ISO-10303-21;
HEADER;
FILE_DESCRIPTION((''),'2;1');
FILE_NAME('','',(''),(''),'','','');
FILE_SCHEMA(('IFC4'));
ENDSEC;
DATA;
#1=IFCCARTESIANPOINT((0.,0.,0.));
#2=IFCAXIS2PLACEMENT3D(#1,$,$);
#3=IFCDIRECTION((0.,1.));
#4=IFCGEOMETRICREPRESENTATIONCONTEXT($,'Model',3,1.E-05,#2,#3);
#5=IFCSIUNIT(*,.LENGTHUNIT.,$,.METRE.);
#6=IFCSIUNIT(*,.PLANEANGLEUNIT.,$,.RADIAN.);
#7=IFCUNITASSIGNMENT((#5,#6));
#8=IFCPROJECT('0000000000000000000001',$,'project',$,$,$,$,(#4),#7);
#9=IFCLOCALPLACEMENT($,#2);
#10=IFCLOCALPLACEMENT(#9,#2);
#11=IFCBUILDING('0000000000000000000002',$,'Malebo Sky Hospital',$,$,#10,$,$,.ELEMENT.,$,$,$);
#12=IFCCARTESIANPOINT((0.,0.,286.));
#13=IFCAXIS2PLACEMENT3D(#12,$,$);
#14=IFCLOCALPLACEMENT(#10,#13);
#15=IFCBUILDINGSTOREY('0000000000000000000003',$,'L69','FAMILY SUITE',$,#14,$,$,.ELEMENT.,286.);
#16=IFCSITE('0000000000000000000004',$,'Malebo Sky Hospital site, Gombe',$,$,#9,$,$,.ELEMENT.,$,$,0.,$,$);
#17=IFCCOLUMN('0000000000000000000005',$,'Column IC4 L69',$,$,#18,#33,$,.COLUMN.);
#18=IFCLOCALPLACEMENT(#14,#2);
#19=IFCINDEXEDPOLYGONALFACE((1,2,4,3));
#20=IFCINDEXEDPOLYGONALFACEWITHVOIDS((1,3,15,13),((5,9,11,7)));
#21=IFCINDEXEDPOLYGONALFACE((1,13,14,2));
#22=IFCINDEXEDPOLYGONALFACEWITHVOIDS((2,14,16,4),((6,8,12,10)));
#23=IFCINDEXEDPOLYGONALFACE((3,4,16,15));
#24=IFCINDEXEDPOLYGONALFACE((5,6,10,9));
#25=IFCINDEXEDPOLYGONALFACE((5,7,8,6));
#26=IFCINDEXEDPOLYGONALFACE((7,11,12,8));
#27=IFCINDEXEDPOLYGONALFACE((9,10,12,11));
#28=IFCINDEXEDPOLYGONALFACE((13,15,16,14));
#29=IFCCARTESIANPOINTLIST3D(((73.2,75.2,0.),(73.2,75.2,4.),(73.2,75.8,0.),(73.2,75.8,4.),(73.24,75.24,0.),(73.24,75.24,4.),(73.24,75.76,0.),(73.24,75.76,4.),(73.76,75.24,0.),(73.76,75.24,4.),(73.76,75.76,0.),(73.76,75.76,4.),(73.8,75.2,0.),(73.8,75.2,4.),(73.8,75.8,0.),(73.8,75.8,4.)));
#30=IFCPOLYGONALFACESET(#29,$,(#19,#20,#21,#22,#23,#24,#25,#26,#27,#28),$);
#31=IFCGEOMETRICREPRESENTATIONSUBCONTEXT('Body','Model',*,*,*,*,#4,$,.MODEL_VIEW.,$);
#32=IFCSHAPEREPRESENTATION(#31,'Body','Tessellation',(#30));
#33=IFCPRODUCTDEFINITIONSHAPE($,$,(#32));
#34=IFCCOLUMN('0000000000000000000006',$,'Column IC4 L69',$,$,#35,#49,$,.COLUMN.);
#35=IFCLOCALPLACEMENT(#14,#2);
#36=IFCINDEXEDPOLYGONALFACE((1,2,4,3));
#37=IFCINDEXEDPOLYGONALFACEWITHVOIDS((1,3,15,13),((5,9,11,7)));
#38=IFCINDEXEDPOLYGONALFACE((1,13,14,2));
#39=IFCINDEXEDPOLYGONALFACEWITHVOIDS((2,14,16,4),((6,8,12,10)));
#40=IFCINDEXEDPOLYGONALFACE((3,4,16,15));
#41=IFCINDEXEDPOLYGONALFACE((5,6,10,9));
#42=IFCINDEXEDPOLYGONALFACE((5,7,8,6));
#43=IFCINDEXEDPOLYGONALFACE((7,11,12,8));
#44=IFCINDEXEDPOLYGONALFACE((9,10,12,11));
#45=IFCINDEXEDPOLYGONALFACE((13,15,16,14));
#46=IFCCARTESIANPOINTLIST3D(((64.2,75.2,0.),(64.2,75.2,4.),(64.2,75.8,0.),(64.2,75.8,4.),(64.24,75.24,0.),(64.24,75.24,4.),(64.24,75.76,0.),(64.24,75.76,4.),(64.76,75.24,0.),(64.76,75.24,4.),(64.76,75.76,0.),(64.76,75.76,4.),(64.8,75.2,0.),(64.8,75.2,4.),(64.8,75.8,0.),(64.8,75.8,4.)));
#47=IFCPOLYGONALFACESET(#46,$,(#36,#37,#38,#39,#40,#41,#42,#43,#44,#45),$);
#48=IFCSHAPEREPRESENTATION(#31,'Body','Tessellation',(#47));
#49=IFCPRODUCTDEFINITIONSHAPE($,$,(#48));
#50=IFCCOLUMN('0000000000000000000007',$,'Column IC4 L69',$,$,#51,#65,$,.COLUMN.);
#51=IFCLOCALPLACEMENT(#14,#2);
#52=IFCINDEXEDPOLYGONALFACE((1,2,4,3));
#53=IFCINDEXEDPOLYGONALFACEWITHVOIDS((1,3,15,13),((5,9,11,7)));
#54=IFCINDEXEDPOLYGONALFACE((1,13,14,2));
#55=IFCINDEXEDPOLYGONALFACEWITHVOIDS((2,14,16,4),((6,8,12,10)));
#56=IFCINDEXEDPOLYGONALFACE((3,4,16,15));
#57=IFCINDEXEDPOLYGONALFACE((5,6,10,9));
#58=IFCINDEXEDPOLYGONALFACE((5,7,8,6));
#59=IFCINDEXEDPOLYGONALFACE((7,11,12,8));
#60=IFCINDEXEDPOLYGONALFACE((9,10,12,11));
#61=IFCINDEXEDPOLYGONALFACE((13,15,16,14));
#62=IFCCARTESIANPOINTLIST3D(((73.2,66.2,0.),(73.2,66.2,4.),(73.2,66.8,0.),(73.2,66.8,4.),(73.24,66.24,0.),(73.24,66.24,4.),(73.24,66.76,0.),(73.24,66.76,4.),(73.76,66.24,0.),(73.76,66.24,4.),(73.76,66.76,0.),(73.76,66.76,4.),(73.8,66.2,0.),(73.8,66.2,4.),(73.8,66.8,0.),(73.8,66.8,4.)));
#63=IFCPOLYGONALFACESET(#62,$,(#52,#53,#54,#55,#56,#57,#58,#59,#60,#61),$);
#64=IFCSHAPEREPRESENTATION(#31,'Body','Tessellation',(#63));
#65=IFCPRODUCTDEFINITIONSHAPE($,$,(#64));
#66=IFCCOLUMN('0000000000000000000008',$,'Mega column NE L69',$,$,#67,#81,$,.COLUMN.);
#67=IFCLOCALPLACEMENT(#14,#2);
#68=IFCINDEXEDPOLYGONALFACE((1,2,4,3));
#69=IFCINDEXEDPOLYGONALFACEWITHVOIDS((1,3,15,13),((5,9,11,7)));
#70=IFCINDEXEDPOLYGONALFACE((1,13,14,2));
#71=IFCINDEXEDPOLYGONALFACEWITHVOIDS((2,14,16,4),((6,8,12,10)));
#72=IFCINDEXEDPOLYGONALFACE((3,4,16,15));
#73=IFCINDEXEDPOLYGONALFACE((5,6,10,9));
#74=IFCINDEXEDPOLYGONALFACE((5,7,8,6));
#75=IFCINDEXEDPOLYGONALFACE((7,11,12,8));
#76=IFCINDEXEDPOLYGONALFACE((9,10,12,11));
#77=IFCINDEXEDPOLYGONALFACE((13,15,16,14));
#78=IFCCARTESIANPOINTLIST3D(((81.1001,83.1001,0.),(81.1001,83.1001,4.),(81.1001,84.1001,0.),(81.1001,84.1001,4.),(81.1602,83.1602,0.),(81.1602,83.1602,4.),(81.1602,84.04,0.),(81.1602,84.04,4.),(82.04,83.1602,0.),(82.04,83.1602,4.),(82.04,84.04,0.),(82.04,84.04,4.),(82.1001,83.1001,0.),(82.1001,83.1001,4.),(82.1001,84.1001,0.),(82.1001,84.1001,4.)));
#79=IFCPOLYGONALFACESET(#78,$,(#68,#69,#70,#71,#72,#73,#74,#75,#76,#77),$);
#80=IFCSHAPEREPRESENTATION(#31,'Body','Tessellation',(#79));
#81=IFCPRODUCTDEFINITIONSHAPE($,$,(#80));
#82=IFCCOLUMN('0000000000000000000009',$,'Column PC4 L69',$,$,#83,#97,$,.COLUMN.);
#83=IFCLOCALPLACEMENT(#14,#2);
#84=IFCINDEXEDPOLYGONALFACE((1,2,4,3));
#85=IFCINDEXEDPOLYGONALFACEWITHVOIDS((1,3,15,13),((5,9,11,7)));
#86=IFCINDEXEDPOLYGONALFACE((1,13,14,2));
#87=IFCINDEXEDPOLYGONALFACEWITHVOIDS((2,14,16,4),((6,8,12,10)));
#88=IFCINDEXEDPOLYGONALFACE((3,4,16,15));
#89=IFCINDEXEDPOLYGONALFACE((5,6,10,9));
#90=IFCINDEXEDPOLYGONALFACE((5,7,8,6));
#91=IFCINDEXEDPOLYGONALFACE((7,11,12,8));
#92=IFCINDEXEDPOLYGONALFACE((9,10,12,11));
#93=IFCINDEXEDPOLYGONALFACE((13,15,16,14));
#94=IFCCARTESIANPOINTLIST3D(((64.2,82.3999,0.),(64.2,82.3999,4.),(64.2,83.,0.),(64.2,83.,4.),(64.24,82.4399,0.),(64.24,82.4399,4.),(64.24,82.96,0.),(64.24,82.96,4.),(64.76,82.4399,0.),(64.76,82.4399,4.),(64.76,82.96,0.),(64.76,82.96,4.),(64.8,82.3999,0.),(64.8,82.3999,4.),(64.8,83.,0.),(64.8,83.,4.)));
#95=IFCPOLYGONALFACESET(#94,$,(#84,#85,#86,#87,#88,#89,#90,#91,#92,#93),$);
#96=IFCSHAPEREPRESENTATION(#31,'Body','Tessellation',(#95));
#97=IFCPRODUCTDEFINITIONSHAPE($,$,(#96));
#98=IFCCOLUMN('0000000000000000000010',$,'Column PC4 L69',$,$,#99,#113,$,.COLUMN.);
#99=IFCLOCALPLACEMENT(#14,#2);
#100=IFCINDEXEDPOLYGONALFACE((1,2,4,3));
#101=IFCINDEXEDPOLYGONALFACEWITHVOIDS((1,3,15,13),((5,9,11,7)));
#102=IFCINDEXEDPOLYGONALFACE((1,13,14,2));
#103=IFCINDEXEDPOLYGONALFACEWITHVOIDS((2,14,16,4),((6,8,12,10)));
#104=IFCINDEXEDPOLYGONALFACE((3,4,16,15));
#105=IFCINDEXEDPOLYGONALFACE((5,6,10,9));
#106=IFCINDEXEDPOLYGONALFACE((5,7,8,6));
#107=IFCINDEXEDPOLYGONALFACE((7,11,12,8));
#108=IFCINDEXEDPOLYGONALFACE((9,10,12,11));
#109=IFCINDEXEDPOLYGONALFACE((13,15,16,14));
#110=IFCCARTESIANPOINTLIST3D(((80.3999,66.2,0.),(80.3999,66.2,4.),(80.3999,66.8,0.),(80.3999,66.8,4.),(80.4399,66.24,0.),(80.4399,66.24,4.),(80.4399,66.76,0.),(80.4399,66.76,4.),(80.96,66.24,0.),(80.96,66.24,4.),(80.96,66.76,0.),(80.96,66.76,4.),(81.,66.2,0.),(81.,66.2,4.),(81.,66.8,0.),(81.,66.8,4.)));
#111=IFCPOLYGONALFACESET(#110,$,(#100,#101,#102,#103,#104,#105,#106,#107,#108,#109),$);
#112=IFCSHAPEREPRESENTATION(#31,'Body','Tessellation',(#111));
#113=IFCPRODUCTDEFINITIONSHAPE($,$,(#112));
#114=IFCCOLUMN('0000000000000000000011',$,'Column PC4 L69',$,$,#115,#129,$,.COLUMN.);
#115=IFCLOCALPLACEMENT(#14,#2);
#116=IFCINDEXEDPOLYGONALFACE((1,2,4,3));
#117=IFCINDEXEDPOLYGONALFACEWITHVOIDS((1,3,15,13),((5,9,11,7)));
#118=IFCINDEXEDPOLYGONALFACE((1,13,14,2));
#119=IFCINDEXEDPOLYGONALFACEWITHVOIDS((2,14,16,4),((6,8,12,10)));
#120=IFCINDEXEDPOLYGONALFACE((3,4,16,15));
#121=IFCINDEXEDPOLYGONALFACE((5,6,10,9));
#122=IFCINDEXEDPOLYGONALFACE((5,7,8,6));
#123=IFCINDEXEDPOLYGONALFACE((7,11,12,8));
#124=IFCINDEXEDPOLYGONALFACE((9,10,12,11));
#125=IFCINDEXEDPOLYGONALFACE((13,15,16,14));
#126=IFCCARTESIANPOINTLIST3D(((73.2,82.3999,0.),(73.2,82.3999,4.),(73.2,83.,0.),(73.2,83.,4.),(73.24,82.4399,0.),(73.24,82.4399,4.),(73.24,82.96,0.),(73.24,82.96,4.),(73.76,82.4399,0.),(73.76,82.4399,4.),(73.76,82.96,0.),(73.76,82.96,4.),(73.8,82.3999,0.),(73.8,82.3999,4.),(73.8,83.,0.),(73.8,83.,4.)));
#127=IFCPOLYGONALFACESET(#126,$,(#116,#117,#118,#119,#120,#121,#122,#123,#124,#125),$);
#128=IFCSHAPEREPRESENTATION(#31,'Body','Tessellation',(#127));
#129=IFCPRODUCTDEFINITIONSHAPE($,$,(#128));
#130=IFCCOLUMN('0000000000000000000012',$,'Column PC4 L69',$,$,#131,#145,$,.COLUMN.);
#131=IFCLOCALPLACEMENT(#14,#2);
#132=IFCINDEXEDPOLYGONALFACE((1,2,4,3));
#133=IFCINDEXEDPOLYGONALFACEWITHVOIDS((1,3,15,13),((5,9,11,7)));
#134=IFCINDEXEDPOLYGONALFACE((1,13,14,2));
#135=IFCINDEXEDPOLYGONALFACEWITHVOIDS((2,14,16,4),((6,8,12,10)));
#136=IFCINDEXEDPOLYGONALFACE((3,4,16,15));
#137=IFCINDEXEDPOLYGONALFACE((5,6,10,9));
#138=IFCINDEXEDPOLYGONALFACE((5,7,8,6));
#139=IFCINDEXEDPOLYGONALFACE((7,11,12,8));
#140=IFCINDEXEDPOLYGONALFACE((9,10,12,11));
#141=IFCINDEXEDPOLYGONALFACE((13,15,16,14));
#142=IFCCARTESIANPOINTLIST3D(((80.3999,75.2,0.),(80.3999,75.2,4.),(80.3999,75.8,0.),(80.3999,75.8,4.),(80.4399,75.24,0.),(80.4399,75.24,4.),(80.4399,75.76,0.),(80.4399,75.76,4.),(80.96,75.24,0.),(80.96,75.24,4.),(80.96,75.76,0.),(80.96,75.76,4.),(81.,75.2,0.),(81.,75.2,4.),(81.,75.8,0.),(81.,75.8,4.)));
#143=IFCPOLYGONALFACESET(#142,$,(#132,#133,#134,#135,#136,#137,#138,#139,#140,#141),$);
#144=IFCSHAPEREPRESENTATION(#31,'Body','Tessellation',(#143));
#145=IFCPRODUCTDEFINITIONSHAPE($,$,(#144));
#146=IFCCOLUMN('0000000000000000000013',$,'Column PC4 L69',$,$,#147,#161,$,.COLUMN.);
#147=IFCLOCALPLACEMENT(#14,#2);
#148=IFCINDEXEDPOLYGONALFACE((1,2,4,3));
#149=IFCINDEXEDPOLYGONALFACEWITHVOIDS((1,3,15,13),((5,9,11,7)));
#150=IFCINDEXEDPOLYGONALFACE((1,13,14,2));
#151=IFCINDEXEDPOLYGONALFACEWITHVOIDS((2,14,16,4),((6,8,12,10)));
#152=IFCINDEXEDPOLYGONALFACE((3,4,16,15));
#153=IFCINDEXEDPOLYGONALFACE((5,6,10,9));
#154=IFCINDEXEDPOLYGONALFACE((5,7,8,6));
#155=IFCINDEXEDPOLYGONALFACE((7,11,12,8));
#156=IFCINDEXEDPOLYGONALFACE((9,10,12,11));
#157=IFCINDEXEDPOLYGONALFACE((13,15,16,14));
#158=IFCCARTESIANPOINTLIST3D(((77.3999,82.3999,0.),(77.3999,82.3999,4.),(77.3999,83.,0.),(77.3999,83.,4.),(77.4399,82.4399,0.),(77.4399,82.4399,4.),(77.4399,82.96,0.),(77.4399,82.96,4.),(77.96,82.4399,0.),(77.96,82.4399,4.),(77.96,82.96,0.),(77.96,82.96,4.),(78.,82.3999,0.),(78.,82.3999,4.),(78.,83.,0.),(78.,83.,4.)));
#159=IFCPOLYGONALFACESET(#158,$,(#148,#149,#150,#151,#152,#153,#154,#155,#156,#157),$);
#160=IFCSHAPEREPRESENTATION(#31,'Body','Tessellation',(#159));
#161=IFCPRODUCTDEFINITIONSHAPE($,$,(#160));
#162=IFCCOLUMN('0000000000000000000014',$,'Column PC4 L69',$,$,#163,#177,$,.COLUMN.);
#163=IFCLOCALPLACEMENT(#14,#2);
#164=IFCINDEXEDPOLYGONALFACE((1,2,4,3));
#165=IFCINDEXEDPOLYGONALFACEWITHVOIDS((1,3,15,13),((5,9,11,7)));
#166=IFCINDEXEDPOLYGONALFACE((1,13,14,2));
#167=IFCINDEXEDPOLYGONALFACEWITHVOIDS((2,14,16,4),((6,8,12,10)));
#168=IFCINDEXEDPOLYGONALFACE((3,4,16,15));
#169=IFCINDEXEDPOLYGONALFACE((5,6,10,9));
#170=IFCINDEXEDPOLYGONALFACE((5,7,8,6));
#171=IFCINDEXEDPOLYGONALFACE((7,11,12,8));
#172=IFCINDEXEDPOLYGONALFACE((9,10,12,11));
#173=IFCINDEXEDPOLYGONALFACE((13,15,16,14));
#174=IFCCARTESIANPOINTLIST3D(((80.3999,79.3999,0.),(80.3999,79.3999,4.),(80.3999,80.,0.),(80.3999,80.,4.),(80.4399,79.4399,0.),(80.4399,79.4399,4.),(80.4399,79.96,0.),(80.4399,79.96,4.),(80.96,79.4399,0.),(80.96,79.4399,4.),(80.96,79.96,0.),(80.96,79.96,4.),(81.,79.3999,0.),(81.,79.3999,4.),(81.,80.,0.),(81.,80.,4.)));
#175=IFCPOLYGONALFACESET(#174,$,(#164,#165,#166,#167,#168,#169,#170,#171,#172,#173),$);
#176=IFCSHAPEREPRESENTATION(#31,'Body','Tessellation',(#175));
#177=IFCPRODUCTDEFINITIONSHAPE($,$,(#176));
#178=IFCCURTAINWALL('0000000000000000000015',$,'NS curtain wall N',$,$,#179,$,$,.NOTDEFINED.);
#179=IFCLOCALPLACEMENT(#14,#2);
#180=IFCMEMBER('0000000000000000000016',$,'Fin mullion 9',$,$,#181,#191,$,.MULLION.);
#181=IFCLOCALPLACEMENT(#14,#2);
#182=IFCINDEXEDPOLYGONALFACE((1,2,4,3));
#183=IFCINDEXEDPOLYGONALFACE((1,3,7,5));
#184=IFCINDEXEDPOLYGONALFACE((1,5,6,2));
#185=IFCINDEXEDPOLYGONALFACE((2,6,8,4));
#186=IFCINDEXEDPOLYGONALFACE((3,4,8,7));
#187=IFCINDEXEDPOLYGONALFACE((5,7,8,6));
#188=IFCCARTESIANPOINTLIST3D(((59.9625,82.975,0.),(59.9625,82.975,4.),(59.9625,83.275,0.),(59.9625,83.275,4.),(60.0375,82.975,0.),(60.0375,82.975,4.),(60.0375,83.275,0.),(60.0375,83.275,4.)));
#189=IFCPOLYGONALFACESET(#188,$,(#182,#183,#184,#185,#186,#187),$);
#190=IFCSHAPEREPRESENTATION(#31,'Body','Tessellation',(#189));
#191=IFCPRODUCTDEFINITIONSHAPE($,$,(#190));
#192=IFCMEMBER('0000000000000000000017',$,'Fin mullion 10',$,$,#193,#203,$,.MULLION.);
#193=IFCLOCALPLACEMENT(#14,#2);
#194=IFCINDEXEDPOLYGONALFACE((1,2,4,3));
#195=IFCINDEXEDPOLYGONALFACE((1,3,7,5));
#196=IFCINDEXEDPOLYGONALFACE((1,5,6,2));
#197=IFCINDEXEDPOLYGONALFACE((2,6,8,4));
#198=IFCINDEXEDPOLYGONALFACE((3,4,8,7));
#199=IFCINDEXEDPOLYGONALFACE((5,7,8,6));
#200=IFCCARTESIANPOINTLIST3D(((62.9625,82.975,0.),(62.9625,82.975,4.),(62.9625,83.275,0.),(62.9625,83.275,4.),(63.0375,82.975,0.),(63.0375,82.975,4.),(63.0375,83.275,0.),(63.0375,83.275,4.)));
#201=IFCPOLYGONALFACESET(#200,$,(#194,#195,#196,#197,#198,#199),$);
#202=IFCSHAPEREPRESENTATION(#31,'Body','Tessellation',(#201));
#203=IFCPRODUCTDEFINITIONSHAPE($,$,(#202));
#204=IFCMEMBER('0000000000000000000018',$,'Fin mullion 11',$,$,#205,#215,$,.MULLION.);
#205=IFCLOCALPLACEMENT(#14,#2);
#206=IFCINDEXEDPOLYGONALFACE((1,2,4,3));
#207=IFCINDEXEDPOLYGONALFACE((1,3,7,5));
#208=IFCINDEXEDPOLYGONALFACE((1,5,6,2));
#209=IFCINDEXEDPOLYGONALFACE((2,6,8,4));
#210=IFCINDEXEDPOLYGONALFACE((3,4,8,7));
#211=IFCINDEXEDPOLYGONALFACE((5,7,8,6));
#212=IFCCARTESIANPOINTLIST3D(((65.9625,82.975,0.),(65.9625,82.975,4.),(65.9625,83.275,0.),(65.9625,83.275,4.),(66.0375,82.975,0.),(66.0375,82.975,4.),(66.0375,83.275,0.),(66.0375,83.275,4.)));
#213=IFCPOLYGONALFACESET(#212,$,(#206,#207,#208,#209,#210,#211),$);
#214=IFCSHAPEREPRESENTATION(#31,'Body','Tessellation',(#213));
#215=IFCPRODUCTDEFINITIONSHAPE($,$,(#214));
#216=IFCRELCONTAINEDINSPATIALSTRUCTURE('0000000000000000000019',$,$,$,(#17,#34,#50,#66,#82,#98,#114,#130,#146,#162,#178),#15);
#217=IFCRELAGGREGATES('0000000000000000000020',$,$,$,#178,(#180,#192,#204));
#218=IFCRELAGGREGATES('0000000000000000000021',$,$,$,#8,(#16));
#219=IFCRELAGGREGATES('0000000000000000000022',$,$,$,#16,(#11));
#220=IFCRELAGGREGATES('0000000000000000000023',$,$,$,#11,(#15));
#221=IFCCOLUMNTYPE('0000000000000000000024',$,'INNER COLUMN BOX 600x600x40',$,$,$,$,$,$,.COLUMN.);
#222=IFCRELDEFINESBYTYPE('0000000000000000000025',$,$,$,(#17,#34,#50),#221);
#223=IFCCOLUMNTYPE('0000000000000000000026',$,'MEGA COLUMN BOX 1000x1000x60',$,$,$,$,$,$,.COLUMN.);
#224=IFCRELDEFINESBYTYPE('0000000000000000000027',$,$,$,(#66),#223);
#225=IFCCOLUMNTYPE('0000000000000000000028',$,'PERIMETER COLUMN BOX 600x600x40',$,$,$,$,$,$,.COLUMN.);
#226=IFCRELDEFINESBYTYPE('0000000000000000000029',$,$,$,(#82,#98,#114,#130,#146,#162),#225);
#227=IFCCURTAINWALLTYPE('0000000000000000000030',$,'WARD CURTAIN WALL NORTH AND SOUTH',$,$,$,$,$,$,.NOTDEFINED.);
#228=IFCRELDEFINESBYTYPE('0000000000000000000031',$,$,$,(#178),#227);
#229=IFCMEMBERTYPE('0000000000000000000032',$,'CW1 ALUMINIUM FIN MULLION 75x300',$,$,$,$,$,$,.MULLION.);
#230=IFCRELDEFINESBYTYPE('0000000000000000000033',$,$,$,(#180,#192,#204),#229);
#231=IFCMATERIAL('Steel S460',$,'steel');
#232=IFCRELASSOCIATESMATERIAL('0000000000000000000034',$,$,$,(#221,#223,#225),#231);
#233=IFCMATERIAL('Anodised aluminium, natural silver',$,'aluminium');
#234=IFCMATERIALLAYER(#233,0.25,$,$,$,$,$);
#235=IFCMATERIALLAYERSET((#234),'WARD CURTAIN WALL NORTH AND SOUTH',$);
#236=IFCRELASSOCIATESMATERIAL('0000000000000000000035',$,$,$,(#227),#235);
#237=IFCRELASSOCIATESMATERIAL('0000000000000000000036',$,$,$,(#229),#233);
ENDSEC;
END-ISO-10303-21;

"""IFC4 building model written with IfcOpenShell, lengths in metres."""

from ifc_helpers import new_model, si_unit, direction, frame, origin, origin_2d, place, context, subcontext, project, spatial, rectangle, hollow_rectangle, extrude, material, layer, layer_set, material_profile, profile_set, type_object, element, aggregate, save


model = new_model("IFC4")

# Units and contexts
model_context = context("Model", 3, precision=1e-05, world=origin(), true_north=direction((0.0, 1.0)))
body_context = subcontext(model_context, "Body", "Model", "MODEL_VIEW")
ifc_project = project(units=[si_unit("LENGTHUNIT", "METRE"), si_unit("PLANEANGLEUNIT", "RADIAN")], contexts=[model_context])

# Site, building, storey
site_placement = place(None, origin())
site = spatial("IfcSite", under=ifc_project, at=site_placement, Name="Malebo Sky Hospital site, Gombe", CompositionType="ELEMENT", RefElevation=0.0)
building_placement = place(site_placement, origin())
building = spatial("IfcBuilding", under=site, at=building_placement, Name="Malebo Sky Hospital", CompositionType="ELEMENT")
storey_placement = place(building_placement, frame((0.0, 0.0, 286.0)))
storey = spatial("IfcBuildingStorey", under=building, at=storey_placement, Name="L69", Description="FAMILY SUITE", CompositionType="ELEMENT", Elevation=286.0)

# Columns
ifc_material_1 = material(Name="Steel S460", Category="steel")
ifc_material_profile_1 = material_profile(ifc_material_1, hollow_rectangle(XDim=0.6001, YDim=0.6001, WallThickness=0.04, at=origin_2d()), Name="BOX 600x600x40")
ifc_profile_set_1 = profile_set([ifc_material_profile_1], Name="Steel S460")
column_type_1 = type_object("IfcColumnType", Name="INNER COLUMN BOX 600x600x40", PredefinedType="COLUMN", material=ifc_profile_set_1)
for number, where, z_axis, x_axis, name in (
    (1, (73.5, 75.5, 0.0), (0.0, 0.0, 1.0), (1.0, 0.0, 0.0), "Column IC4 L69"),
    (2, (64.5, 75.5, 0.0), (0.0, 0.0, 1.0), (1.0, 0.0, 0.0), "Column IC4 L69"),
    (3, (73.5, 66.5, 0.0), (0.0, 0.0, 1.0), (1.0, 0.0, 0.0), "Column IC4 L69"),
):
    element("IfcColumn", number, at=place(storey_placement, frame(where, z_axis=z_axis, x_axis=x_axis)), inside=storey, type_object=column_type_1, Name=name, PredefinedType="COLUMN", context=body_context, shape_type="SweptSolid", body=[
        extrude(hollow_rectangle(XDim=0.6001, YDim=0.6001, WallThickness=0.04, at=origin_2d()), origin(), (0.0, 0.0, 1.0), 4.0),
    ])
ifc_material_profile_2 = material_profile(ifc_material_1, hollow_rectangle(XDim=1.0, YDim=1.0, WallThickness=0.0601, at=origin_2d()), Name="BOX 1000x1000x60")
ifc_profile_set_2 = profile_set([ifc_material_profile_2], Name="Steel S460")
column_type_2 = type_object("IfcColumnType", Name="MEGA COLUMN BOX 1000x1000x60", PredefinedType="COLUMN", material=ifc_profile_set_2)
column_placement = place(storey_placement, frame((81.6001, 83.6001, 0.0), z_axis=(0.0, 0.0, 1.0), x_axis=(1.0, 0.0, 0.0)))
element("IfcColumn", 4, at=column_placement, inside=storey, type_object=column_type_2, Name="Mega column NE L69", PredefinedType="COLUMN", context=body_context, shape_type="SweptSolid", body=[
    extrude(hollow_rectangle(XDim=1.0, YDim=1.0, WallThickness=0.0601, at=origin_2d()), origin(), (0.0, 0.0, 1.0), 4.0),
])
ifc_material_profile_3 = material_profile(ifc_material_1, hollow_rectangle(XDim=0.6001, YDim=0.6001, WallThickness=0.04, at=origin_2d()), Name="BOX 600x600x40")
ifc_profile_set_3 = profile_set([ifc_material_profile_3], Name="Steel S460")
column_type_3 = type_object("IfcColumnType", Name="PERIMETER COLUMN BOX 600x600x40", PredefinedType="COLUMN", material=ifc_profile_set_3)
for number, where, z_axis, x_axis, name in (
    (5, (64.5, 82.7, 0.0), (0.0, 0.0, 1.0), (1.0, 0.0, 0.0), "Column PC4 L69"),
    (6, (80.7, 66.5, 0.0), (0.0, 0.0, 1.0), (1.0, 0.0, 0.0), "Column PC4 L69"),
    (7, (73.5, 82.7, 0.0), (0.0, 0.0, 1.0), (1.0, 0.0, 0.0), "Column PC4 L69"),
    (8, (80.7, 75.5, 0.0), (0.0, 0.0, 1.0), (1.0, 0.0, 0.0), "Column PC4 L69"),
    (9, (77.7, 82.7, 0.0), (0.0, 0.0, 1.0), (1.0, 0.0, 0.0), "Column PC4 L69"),
    (10, (80.7, 79.7, 0.0), (0.0, 0.0, 1.0), (1.0, 0.0, 0.0), "Column PC4 L69"),
):
    element("IfcColumn", number, at=place(storey_placement, frame(where, z_axis=z_axis, x_axis=x_axis)), inside=storey, type_object=column_type_3, Name=name, PredefinedType="COLUMN", context=body_context, shape_type="SweptSolid", body=[
        extrude(hollow_rectangle(XDim=0.6001, YDim=0.6001, WallThickness=0.04, at=origin_2d()), origin(), (0.0, 0.0, 1.0), 4.0),
    ])

# Curtain wall, members
ifc_material_2 = material(Name="Anodised aluminium, natural silver", Category="aluminium")
ifc_layer_1 = layer(ifc_material_2, 0.25)
ifc_layer_set_1 = layer_set([ifc_layer_1], Name="WARD CURTAIN WALL NORTH AND SOUTH")
curtain_wall_type_1 = type_object("IfcCurtainWallType", Name="WARD CURTAIN WALL NORTH AND SOUTH", PredefinedType="NOTDEFINED", material=ifc_layer_set_1)
curtain_wall_1_placement = place(storey_placement, origin())
curtain_wall_1 = element("IfcCurtainWall", 11, at=curtain_wall_1_placement, inside=storey, type_object=curtain_wall_type_1, Name="NS curtain wall N", PredefinedType="NOTDEFINED")
ifc_material_profile_4 = material_profile(ifc_material_2, rectangle(XDim=0.075, YDim=0.3, at=origin_2d()), Name="CW1 ALUMINIUM FIN MULLION 75x300")
ifc_profile_set_4 = profile_set([ifc_material_profile_4], Name="Anodised aluminium, natural silver")
member_type_1 = type_object("IfcMemberType", Name="CW1 ALUMINIUM FIN MULLION 75x300", PredefinedType="MULLION", material=ifc_profile_set_4)
member_1_placement = place(storey_placement, frame((60.0, 83.125, 0.0), z_axis=(0.0, 0.0, 1.0), x_axis=(1.0, 0.0, 0.0)))
member_1 = element("IfcMember", 12, at=member_1_placement, type_object=member_type_1, Name="Fin mullion 9", PredefinedType="MULLION", context=body_context, shape_type="SweptSolid", body=[
    extrude(rectangle(XDim=0.075, YDim=0.3, at=origin_2d()), origin(), (0.0, 0.0, 1.0), 4.0),
])
member_2_placement = place(storey_placement, frame((63.0, 83.125, 0.0), z_axis=(0.0, 0.0, 1.0), x_axis=(1.0, 0.0, 0.0)))
member_2 = element("IfcMember", 13, at=member_2_placement, type_object=member_type_1, Name="Fin mullion 10", PredefinedType="MULLION", context=body_context, shape_type="SweptSolid", body=[
    extrude(rectangle(XDim=0.075, YDim=0.3, at=origin_2d()), origin(), (0.0, 0.0, 1.0), 4.0),
])
member_3_placement = place(storey_placement, frame((66.0, 83.125, 0.0), z_axis=(0.0, 0.0, 1.0), x_axis=(1.0, 0.0, 0.0)))
member_3 = element("IfcMember", 14, at=member_3_placement, type_object=member_type_1, Name="Fin mullion 11", PredefinedType="MULLION", context=body_context, shape_type="SweptSolid", body=[
    extrude(rectangle(XDim=0.075, YDim=0.3, at=origin_2d()), origin(), (0.0, 0.0, 1.0), 4.0),
])
aggregate(curtain_wall_1, [member_1, member_2, member_3])

save(model, "model.ifc")
